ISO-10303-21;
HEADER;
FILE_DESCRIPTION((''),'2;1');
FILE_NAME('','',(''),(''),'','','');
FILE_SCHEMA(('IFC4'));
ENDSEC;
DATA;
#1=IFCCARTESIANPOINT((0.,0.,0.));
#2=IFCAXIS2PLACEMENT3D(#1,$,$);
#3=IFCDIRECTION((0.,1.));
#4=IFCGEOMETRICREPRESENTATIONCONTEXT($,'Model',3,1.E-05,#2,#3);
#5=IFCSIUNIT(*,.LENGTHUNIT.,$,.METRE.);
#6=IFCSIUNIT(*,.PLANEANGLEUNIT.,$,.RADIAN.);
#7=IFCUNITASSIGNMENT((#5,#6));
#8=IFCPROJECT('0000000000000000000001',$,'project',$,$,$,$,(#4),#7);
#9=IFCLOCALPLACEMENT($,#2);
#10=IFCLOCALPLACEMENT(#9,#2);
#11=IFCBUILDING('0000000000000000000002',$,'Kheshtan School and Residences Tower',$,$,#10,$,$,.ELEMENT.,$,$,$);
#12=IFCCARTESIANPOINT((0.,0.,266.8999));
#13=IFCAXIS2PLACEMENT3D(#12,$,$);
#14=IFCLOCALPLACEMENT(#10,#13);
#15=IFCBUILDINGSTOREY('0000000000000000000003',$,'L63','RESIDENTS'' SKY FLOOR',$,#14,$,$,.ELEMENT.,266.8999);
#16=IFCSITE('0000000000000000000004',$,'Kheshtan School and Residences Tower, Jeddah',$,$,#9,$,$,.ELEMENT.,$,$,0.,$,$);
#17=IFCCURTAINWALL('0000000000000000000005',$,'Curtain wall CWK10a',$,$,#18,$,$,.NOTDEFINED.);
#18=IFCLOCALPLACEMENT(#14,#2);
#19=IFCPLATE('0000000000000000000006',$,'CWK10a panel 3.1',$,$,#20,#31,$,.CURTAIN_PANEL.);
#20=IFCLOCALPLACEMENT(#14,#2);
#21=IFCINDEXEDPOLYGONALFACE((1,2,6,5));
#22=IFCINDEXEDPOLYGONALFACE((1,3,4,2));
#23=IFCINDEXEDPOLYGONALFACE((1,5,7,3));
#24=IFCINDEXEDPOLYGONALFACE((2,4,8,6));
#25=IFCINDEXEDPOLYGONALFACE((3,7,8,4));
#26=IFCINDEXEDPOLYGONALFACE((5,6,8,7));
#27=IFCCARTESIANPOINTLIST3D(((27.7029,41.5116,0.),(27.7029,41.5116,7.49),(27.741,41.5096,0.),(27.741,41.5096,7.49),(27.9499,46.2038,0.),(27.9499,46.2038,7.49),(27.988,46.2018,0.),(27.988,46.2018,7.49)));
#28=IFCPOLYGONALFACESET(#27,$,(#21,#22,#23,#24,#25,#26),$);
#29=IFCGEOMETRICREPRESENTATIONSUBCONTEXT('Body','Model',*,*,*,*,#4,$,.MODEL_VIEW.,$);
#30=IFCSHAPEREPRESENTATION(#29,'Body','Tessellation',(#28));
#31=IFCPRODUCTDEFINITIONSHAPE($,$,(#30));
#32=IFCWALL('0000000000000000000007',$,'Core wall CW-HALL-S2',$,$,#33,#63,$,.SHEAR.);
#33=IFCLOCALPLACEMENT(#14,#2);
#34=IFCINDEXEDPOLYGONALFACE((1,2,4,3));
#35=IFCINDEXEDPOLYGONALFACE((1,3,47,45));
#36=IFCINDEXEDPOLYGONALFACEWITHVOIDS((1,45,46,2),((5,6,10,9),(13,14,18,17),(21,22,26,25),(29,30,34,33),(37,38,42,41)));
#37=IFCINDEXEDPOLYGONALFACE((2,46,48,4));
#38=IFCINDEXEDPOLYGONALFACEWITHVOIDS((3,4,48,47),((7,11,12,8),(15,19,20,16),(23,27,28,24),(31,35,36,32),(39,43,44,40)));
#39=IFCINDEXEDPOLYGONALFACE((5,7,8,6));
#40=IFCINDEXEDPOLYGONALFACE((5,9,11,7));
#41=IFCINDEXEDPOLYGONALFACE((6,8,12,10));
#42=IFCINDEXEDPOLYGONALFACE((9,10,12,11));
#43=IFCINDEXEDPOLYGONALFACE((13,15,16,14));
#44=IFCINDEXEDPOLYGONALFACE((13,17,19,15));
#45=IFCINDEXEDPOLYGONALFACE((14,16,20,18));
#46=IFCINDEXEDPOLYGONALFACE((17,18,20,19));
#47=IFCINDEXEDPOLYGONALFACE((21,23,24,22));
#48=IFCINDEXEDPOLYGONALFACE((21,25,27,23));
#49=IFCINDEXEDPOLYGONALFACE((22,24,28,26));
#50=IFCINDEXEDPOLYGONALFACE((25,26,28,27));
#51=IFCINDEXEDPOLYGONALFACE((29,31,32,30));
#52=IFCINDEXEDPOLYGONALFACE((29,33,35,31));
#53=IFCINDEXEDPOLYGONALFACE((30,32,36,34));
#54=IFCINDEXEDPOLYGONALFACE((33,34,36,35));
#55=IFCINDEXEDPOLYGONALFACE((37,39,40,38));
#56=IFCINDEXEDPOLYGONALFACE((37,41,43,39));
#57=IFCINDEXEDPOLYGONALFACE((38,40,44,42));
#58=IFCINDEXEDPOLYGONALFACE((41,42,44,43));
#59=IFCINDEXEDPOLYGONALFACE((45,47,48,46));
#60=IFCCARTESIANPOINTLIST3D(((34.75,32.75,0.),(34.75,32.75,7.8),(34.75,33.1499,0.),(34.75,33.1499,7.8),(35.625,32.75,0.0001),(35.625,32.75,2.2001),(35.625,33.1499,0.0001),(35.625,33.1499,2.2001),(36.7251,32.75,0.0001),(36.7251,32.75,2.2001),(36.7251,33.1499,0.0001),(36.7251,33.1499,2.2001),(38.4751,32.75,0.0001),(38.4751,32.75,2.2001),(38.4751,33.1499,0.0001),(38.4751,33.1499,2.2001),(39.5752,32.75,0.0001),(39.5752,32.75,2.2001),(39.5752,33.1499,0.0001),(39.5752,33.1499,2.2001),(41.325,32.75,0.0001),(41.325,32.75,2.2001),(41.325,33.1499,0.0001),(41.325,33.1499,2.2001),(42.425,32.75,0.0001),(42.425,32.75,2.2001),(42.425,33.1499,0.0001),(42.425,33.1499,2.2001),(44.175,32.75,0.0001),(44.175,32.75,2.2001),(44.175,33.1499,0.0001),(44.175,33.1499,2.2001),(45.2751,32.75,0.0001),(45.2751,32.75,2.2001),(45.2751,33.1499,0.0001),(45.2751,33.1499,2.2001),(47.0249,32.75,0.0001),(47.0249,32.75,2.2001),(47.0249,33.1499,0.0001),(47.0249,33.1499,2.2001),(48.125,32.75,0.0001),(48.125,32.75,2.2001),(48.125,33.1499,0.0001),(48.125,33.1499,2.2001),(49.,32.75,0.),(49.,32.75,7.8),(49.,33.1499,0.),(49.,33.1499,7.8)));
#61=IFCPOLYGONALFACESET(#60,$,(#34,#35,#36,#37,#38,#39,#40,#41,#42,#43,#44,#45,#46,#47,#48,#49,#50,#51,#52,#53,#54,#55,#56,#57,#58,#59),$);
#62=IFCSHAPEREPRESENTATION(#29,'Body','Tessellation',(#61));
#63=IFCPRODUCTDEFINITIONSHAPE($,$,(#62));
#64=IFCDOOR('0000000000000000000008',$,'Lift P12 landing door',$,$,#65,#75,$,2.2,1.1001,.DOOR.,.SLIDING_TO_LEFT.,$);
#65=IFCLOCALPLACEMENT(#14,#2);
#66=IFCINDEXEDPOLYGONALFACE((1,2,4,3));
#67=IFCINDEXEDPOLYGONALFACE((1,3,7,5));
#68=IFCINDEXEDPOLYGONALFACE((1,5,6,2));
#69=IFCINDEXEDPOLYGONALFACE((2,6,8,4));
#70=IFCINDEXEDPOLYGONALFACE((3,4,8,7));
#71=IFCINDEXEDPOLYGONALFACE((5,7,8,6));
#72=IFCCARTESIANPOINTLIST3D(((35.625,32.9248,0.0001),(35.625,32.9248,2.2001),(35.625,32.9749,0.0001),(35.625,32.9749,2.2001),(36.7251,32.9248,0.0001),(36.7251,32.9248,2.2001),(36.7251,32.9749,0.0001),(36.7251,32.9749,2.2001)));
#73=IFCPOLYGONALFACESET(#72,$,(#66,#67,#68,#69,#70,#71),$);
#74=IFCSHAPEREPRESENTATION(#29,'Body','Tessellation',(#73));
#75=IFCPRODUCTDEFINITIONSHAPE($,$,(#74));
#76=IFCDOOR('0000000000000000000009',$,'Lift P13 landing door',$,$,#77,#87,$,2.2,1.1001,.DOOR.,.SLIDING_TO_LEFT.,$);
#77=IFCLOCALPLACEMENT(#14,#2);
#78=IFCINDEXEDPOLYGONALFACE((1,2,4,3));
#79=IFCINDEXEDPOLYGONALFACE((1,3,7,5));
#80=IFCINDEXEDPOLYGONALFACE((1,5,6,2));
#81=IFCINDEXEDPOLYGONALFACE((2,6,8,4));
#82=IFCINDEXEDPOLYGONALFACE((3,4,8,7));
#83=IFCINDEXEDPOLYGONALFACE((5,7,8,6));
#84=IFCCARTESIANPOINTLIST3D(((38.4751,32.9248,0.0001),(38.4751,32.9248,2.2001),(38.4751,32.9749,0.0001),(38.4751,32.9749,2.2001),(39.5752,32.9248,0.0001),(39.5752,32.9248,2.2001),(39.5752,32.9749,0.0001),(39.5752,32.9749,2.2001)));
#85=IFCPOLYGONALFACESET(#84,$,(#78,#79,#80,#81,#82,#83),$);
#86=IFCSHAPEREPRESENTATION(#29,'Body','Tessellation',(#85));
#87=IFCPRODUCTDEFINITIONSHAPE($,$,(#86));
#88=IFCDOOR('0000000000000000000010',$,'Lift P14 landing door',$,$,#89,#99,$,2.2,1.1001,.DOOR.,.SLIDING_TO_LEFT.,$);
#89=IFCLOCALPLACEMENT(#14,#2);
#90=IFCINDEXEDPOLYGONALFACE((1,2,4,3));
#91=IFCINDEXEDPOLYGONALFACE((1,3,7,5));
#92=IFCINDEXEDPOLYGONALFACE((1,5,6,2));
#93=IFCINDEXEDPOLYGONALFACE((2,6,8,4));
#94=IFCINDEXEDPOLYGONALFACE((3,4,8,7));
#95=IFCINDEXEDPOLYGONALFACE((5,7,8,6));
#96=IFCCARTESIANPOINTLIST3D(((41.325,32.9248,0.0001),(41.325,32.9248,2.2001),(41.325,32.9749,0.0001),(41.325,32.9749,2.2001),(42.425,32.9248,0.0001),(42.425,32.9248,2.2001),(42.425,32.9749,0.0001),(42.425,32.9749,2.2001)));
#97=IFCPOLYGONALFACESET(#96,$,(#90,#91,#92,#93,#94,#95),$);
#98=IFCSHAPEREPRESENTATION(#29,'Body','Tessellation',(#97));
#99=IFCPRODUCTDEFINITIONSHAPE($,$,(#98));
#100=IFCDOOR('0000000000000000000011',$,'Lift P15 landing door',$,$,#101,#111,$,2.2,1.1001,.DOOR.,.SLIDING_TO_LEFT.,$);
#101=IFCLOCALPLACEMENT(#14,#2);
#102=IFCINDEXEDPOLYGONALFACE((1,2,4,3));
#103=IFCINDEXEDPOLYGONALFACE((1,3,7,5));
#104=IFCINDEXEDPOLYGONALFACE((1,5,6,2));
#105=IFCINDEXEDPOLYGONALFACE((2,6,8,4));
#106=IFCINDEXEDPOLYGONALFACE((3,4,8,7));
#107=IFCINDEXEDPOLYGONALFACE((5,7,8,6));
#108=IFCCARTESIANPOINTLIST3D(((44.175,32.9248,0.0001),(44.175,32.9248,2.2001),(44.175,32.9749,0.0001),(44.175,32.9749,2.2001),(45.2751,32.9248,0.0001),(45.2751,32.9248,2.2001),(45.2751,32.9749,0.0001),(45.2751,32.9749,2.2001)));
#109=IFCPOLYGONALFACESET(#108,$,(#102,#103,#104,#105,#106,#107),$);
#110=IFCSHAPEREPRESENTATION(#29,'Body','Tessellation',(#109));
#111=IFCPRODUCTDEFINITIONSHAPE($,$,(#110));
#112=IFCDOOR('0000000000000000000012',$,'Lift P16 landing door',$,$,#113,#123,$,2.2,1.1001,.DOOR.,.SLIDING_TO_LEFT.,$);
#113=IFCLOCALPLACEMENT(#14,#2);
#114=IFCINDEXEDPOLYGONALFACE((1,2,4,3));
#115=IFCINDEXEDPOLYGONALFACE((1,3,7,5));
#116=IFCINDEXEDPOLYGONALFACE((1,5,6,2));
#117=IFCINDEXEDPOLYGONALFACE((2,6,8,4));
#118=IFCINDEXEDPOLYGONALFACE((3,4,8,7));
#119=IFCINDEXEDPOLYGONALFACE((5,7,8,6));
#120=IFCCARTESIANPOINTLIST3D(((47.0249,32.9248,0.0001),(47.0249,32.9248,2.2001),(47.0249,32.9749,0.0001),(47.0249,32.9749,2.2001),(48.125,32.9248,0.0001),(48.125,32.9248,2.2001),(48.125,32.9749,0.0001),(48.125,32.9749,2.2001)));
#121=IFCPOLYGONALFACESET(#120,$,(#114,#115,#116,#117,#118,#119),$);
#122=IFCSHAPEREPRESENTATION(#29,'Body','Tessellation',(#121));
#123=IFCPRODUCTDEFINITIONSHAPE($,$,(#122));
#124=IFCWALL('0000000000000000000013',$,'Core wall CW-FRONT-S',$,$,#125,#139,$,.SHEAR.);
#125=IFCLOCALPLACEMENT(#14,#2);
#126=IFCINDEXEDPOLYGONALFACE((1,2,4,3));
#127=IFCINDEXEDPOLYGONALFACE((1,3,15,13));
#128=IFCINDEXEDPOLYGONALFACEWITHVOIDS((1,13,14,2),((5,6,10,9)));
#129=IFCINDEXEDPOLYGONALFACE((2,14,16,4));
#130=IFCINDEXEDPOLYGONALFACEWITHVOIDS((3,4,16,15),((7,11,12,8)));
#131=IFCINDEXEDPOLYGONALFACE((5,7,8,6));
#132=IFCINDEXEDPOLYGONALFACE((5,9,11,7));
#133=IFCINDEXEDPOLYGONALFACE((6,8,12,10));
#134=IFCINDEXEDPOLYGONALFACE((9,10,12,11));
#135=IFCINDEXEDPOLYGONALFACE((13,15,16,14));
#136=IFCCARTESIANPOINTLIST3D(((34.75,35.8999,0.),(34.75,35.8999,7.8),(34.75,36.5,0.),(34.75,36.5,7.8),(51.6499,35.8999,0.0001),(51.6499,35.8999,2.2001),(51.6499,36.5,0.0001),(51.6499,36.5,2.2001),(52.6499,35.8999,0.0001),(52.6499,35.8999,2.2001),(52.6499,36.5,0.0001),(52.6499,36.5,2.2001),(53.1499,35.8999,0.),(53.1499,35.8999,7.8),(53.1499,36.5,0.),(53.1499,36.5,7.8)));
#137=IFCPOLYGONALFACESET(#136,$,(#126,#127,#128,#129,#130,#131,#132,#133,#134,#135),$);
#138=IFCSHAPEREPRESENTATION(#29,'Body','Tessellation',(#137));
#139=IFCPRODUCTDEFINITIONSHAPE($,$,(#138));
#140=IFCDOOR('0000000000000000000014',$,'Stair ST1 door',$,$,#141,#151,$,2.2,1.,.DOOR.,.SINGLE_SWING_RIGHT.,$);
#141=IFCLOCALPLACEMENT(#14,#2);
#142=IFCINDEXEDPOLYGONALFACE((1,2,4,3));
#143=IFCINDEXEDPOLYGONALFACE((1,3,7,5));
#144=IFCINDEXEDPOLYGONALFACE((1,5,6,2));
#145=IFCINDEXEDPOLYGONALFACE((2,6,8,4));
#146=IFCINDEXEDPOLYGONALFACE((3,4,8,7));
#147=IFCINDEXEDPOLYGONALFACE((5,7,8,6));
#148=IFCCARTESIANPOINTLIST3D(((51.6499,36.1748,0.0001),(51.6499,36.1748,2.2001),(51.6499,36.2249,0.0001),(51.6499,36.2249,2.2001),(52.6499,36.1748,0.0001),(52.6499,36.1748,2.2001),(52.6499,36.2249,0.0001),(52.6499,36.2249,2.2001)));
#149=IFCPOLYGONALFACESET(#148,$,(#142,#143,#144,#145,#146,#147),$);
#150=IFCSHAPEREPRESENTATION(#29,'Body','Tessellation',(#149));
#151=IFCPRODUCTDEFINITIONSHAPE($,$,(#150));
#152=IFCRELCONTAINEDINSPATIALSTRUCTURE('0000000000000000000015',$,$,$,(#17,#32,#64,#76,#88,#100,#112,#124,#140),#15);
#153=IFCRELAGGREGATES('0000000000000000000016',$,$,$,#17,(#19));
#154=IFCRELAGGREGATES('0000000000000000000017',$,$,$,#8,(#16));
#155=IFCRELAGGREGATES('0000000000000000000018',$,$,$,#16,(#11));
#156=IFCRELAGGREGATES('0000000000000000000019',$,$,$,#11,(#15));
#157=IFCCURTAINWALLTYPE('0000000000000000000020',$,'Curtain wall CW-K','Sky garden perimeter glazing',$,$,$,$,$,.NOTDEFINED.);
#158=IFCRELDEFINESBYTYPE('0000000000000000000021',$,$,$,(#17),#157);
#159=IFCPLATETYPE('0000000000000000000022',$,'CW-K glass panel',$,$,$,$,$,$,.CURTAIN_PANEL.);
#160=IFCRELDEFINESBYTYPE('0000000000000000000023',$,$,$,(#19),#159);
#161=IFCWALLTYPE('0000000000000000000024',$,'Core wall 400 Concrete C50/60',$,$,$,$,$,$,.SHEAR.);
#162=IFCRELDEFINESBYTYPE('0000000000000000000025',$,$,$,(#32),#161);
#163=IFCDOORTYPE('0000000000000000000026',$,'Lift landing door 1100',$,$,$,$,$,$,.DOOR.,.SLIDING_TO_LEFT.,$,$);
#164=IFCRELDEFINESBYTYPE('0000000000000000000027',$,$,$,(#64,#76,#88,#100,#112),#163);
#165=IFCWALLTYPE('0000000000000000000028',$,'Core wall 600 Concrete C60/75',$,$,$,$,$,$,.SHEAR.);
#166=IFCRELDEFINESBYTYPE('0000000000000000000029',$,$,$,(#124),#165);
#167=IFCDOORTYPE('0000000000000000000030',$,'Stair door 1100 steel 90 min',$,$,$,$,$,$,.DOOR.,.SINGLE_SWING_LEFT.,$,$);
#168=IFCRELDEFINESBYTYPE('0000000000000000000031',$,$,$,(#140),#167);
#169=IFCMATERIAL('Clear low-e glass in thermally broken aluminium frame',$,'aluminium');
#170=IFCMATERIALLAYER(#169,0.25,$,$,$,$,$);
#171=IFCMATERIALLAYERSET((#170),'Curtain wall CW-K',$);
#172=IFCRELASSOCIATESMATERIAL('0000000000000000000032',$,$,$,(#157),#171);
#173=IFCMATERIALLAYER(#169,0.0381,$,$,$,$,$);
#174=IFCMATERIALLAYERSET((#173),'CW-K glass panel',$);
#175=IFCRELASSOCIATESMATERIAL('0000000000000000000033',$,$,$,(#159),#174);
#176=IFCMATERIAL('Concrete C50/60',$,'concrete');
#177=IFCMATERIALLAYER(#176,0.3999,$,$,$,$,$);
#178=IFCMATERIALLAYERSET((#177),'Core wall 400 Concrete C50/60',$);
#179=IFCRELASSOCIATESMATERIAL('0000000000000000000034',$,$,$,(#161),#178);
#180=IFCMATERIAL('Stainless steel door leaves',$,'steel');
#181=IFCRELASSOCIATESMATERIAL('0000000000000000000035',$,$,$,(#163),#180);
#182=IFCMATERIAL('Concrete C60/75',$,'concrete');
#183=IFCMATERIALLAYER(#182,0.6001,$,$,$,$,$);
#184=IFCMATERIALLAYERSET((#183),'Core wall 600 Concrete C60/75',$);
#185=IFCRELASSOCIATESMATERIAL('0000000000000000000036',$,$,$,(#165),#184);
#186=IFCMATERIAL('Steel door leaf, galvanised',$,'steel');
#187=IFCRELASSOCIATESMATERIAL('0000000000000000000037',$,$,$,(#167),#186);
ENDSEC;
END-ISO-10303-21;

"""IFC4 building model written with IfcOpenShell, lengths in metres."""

from ifc_helpers import new_model, si_unit, direction, frame, frame_2d, origin, origin_2d, place, context, subcontext, project, spatial, rectangle, extrude, source, transform, mapped, material, layer, layer_set, type_object, element, fill, aggregate, save


model = new_model("IFC4")

# Units and contexts
model_context = context("Model", 3, precision=1e-05, world=origin(), true_north=direction((0.0, 1.0)))
body_context = subcontext(model_context, "Body", "Model", "MODEL_VIEW")
ifc_project = project(units=[si_unit("LENGTHUNIT", "METRE"), si_unit("PLANEANGLEUNIT", "RADIAN")], contexts=[model_context])

# Site, building, storey
site_placement = place(None, origin())
site = spatial("IfcSite", under=ifc_project, at=site_placement, Name="Kheshtan School and Residences Tower, Jeddah", CompositionType="ELEMENT", RefElevation=0.0)
building_placement = place(site_placement, origin())
building = spatial("IfcBuilding", under=site, at=building_placement, Name="Kheshtan School and Residences Tower", CompositionType="ELEMENT")
storey_placement = place(building_placement, frame((0.0, 0.0, 266.8999)))
storey = spatial("IfcBuildingStorey", under=building, at=storey_placement, Name="L63", Description="RESIDENTS' SKY FLOOR", CompositionType="ELEMENT", Elevation=266.8999)

# Shared definitions
ifc_material_1 = material(Name="Clear low-e glass in thermally broken aluminium frame", Category="aluminium")
ifc_layer_1 = layer(ifc_material_1, 0.25)
ifc_layer_set_1 = layer_set([ifc_layer_1], Name="Curtain wall CW-K")
curtain_wall_type = type_object("IfcCurtainWallType", Name="Curtain wall CW-K", Description="Sky garden perimeter glazing", PredefinedType="NOTDEFINED", material=ifc_layer_set_1)

# Curtain wall
curtain_wall_1_placement = place(storey_placement, origin())
curtain_wall_1 = element("IfcCurtainWall", 1, at=curtain_wall_1_placement, inside=storey, type_object=curtain_wall_type, Name="Curtain wall CWK10a", PredefinedType="NOTDEFINED")

# Plate
ifc_layer_2 = layer(ifc_material_1, 0.0381)
ifc_layer_set_2 = layer_set([ifc_layer_2], Name="CW-K glass panel")
plate_type = type_object("IfcPlateType", Name="CW-K glass panel", PredefinedType="CURTAIN_PANEL", material=ifc_layer_set_2)
plate_1_placement = place(storey_placement, frame((27.8455, 43.8567, 0.0), z_axis=(0.0, 0.0, 1.0), x_axis=(0.052565, 0.998617, 0.0)))
plate_1 = element("IfcPlate", 2, at=plate_1_placement, type_object=plate_type, Name="CWK10a panel 3.1", PredefinedType="CURTAIN_PANEL", context=body_context, shape_type="SweptSolid", body=[
    extrude(rectangle(XDim=4.6987, YDim=0.0381, at=origin_2d()), origin(), (0.0, 0.0, 1.0), 7.49),
])
aggregate(curtain_wall_1, [plate_1])

# Wall, openings, doors
ifc_material_2 = material(Name="Concrete C50/60", Category="concrete")
ifc_layer_3 = layer(ifc_material_2, 0.3999)
ifc_layer_set_3 = layer_set([ifc_layer_3], Name="Core wall 400 Concrete C50/60")
wall_type_1 = type_object("IfcWallType", Name="Core wall 400 Concrete C50/60", PredefinedType="SHEAR", material=ifc_layer_set_3)
wall_1_placement = place(storey_placement, frame((34.75, 32.95, 0.0), z_axis=(0.0, 0.0, 1.0), x_axis=(1.0, 0.0, 0.0)))
wall_1 = element("IfcWall", 3, at=wall_1_placement, inside=storey, type_object=wall_type_1, Name="Core wall CW-HALL-S2", PredefinedType="SHEAR", context=body_context, shape_type="SweptSolid", body=[
    extrude(rectangle(XDim=14.25, YDim=0.3999, at=frame_2d((7.125, 0.0))), origin(), (0.0, 0.0, 1.0), 7.8),
])
opening_1_placement = place(wall_1_placement, frame((0.875, 0.0, 0.0)))
opening_1 = element("IfcOpeningElement", 4, at=opening_1_placement, cuts=wall_1, PredefinedType="OPENING", context=body_context, shape_type="SweptSolid", body=[
    extrude(rectangle(XDim=1.1001, YDim=2.2, at=frame_2d((0.55, 1.1001))), frame((0.0, 0.21, 0.0), z_axis=(0.0, -1.0, 0.0), x_axis=(1.0, 0.0, 0.0)), (0.0, 0.0, 1.0), 0.4199),
])
opening_2_placement = place(wall_1_placement, frame((3.7251, 0.0, 0.0)))
opening_2 = element("IfcOpeningElement", 5, at=opening_2_placement, cuts=wall_1, PredefinedType="OPENING", context=body_context, shape_type="SweptSolid", body=[
    extrude(rectangle(XDim=1.1001, YDim=2.2, at=frame_2d((0.55, 1.1001))), frame((0.0, 0.21, 0.0), z_axis=(0.0, -1.0, 0.0), x_axis=(1.0, 0.0, 0.0)), (0.0, 0.0, 1.0), 0.4199),
])
opening_3_placement = place(wall_1_placement, frame((6.575, 0.0, 0.0)))
opening_3 = element("IfcOpeningElement", 6, at=opening_3_placement, cuts=wall_1, PredefinedType="OPENING", context=body_context, shape_type="SweptSolid", body=[
    extrude(rectangle(XDim=1.1001, YDim=2.2, at=frame_2d((0.55, 1.1001))), frame((0.0, 0.21, 0.0), z_axis=(0.0, -1.0, 0.0), x_axis=(1.0, 0.0, 0.0)), (0.0, 0.0, 1.0), 0.4199),
])
opening_4_placement = place(wall_1_placement, frame((9.425, 0.0, 0.0)))
opening_4 = element("IfcOpeningElement", 7, at=opening_4_placement, cuts=wall_1, PredefinedType="OPENING", context=body_context, shape_type="SweptSolid", body=[
    extrude(rectangle(XDim=1.1001, YDim=2.2, at=frame_2d((0.55, 1.1001))), frame((0.0, 0.21, 0.0), z_axis=(0.0, -1.0, 0.0), x_axis=(1.0, 0.0, 0.0)), (0.0, 0.0, 1.0), 0.4199),
])
opening_5_placement = place(wall_1_placement, frame((12.2749, 0.0, 0.0)))
opening_5 = element("IfcOpeningElement", 8, at=opening_5_placement, cuts=wall_1, PredefinedType="OPENING", context=body_context, shape_type="SweptSolid", body=[
    extrude(rectangle(XDim=1.1001, YDim=2.2, at=frame_2d((0.55, 1.1001))), frame((0.0, 0.21, 0.0), z_axis=(0.0, -1.0, 0.0), x_axis=(1.0, 0.0, 0.0)), (0.0, 0.0, 1.0), 0.4199),
])
ifc_material_3 = material(Name="Stainless steel door leaves", Category="steel")
door_type_1 = type_object("IfcDoorType", Name="Lift landing door 1100", OperationType="SLIDING_TO_LEFT", PredefinedType="DOOR", material=ifc_material_3)
shared_shape_1 = source(origin(), body_context, "Body", "SweptSolid", [
    extrude(rectangle(XDim=1.1001, YDim=2.2, at=frame_2d((0.55, 1.1001))), frame((0.0, 0.0249, 0.0), z_axis=(0.0, -1.0, 0.0), x_axis=(1.0, 0.0, 0.0)), (0.0, 0.0, 1.0), 0.05),
])
door_1_placement = place(opening_1_placement, origin())
door_1 = element("IfcDoor", 9, at=door_1_placement, inside=storey, type_object=door_type_1, Name="Lift P12 landing door", OperationType="SLIDING_TO_LEFT", OverallHeight=2.2, OverallWidth=1.1001, PredefinedType="DOOR", context=body_context, shape_type="MappedRepresentation", body=[
    mapped(shared_shape_1, transform((0.0, 0.0, 0.0), x_axis=(1.0, 0.0, 0.0), y_axis=(0.0, 1.0, 0.0), z_axis=(0.0, 0.0, 1.0), scale=1.0)),
])
fill(opening_1, door_1)
door_2_placement = place(opening_2_placement, origin())
door_2 = element("IfcDoor", 10, at=door_2_placement, inside=storey, type_object=door_type_1, Name="Lift P13 landing door", OperationType="SLIDING_TO_LEFT", OverallHeight=2.2, OverallWidth=1.1001, PredefinedType="DOOR", context=body_context, shape_type="MappedRepresentation", body=[
    mapped(shared_shape_1, transform((0.0, 0.0, 0.0), x_axis=(1.0, 0.0, 0.0), y_axis=(0.0, 1.0, 0.0), z_axis=(0.0, 0.0, 1.0), scale=1.0)),
])
fill(opening_2, door_2)
door_3_placement = place(opening_3_placement, origin())
door_3 = element("IfcDoor", 11, at=door_3_placement, inside=storey, type_object=door_type_1, Name="Lift P14 landing door", OperationType="SLIDING_TO_LEFT", OverallHeight=2.2, OverallWidth=1.1001, PredefinedType="DOOR", context=body_context, shape_type="MappedRepresentation", body=[
    mapped(shared_shape_1, transform((0.0, 0.0, 0.0), x_axis=(1.0, 0.0, 0.0), y_axis=(0.0, 1.0, 0.0), z_axis=(0.0, 0.0, 1.0), scale=1.0)),
])
fill(opening_3, door_3)
door_4_placement = place(opening_4_placement, origin())
door_4 = element("IfcDoor", 12, at=door_4_placement, inside=storey, type_object=door_type_1, Name="Lift P15 landing door", OperationType="SLIDING_TO_LEFT", OverallHeight=2.2, OverallWidth=1.1001, PredefinedType="DOOR", context=body_context, shape_type="MappedRepresentation", body=[
    mapped(shared_shape_1, transform((0.0, 0.0, 0.0), x_axis=(1.0, 0.0, 0.0), y_axis=(0.0, 1.0, 0.0), z_axis=(0.0, 0.0, 1.0), scale=1.0)),
])
fill(opening_4, door_4)
door_5_placement = place(opening_5_placement, origin())
door_5 = element("IfcDoor", 13, at=door_5_placement, inside=storey, type_object=door_type_1, Name="Lift P16 landing door", OperationType="SLIDING_TO_LEFT", OverallHeight=2.2, OverallWidth=1.1001, PredefinedType="DOOR", context=body_context, shape_type="MappedRepresentation", body=[
    mapped(shared_shape_1, transform((0.0, 0.0, 0.0), x_axis=(1.0, 0.0, 0.0), y_axis=(0.0, 1.0, 0.0), z_axis=(0.0, 0.0, 1.0), scale=1.0)),
])
fill(opening_5, door_5)

# Wall, opening, door
ifc_material_4 = material(Name="Concrete C60/75", Category="concrete")
ifc_layer_4 = layer(ifc_material_4, 0.6001)
ifc_layer_set_4 = layer_set([ifc_layer_4], Name="Core wall 600 Concrete C60/75")
wall_type_2 = type_object("IfcWallType", Name="Core wall 600 Concrete C60/75", PredefinedType="SHEAR", material=ifc_layer_set_4)
wall_2_placement = place(storey_placement, frame((34.75, 36.2, 0.0), z_axis=(0.0, 0.0, 1.0), x_axis=(1.0, 0.0, 0.0)))
wall_2 = element("IfcWall", 14, at=wall_2_placement, inside=storey, type_object=wall_type_2, Name="Core wall CW-FRONT-S", PredefinedType="SHEAR", context=body_context, shape_type="SweptSolid", body=[
    extrude(rectangle(XDim=18.3999, YDim=0.6001, at=frame_2d((9.2, 0.0))), origin(), (0.0, 0.0, 1.0), 7.8),
])
opening_6_placement = place(wall_2_placement, frame((16.8999, 0.0, 0.0)))
opening_6 = element("IfcOpeningElement", 15, at=opening_6_placement, cuts=wall_2, PredefinedType="OPENING", context=body_context, shape_type="SweptSolid", body=[
    extrude(rectangle(XDim=1.0, YDim=2.2, at=frame_2d((0.5, 1.1001))), frame((0.0, 0.3101, 0.0), z_axis=(0.0, -1.0, 0.0), x_axis=(1.0, 0.0, 0.0)), (0.0, 0.0, 1.0), 0.6201),
])
ifc_material_5 = material(Name="Steel door leaf, galvanised", Category="steel")
door_type_2 = type_object("IfcDoorType", Name="Stair door 1100 steel 90 min", OperationType="SINGLE_SWING_LEFT", PredefinedType="DOOR", material=ifc_material_5)
shared_shape_2 = source(origin(), body_context, "Body", "SweptSolid", [
    extrude(rectangle(XDim=1.0, YDim=2.2, at=frame_2d((0.5, 1.1001))), frame((0.0, 0.0249, 0.0), z_axis=(0.0, -1.0, 0.0), x_axis=(1.0, 0.0, 0.0)), (0.0, 0.0, 1.0), 0.05),
])
door_6_placement = place(opening_6_placement, origin())
door_6 = element("IfcDoor", 16, at=door_6_placement, inside=storey, type_object=door_type_2, Name="Stair ST1 door", OperationType="SINGLE_SWING_RIGHT", OverallHeight=2.2, OverallWidth=1.0, PredefinedType="DOOR", context=body_context, shape_type="MappedRepresentation", body=[
    mapped(shared_shape_2, transform((0.0, 0.0, 0.0), x_axis=(1.0, 0.0, 0.0), y_axis=(0.0, 1.0, 0.0), z_axis=(0.0, 0.0, 1.0), scale=1.0)),
])
fill(opening_6, door_6)

save(model, "model.ifc")
